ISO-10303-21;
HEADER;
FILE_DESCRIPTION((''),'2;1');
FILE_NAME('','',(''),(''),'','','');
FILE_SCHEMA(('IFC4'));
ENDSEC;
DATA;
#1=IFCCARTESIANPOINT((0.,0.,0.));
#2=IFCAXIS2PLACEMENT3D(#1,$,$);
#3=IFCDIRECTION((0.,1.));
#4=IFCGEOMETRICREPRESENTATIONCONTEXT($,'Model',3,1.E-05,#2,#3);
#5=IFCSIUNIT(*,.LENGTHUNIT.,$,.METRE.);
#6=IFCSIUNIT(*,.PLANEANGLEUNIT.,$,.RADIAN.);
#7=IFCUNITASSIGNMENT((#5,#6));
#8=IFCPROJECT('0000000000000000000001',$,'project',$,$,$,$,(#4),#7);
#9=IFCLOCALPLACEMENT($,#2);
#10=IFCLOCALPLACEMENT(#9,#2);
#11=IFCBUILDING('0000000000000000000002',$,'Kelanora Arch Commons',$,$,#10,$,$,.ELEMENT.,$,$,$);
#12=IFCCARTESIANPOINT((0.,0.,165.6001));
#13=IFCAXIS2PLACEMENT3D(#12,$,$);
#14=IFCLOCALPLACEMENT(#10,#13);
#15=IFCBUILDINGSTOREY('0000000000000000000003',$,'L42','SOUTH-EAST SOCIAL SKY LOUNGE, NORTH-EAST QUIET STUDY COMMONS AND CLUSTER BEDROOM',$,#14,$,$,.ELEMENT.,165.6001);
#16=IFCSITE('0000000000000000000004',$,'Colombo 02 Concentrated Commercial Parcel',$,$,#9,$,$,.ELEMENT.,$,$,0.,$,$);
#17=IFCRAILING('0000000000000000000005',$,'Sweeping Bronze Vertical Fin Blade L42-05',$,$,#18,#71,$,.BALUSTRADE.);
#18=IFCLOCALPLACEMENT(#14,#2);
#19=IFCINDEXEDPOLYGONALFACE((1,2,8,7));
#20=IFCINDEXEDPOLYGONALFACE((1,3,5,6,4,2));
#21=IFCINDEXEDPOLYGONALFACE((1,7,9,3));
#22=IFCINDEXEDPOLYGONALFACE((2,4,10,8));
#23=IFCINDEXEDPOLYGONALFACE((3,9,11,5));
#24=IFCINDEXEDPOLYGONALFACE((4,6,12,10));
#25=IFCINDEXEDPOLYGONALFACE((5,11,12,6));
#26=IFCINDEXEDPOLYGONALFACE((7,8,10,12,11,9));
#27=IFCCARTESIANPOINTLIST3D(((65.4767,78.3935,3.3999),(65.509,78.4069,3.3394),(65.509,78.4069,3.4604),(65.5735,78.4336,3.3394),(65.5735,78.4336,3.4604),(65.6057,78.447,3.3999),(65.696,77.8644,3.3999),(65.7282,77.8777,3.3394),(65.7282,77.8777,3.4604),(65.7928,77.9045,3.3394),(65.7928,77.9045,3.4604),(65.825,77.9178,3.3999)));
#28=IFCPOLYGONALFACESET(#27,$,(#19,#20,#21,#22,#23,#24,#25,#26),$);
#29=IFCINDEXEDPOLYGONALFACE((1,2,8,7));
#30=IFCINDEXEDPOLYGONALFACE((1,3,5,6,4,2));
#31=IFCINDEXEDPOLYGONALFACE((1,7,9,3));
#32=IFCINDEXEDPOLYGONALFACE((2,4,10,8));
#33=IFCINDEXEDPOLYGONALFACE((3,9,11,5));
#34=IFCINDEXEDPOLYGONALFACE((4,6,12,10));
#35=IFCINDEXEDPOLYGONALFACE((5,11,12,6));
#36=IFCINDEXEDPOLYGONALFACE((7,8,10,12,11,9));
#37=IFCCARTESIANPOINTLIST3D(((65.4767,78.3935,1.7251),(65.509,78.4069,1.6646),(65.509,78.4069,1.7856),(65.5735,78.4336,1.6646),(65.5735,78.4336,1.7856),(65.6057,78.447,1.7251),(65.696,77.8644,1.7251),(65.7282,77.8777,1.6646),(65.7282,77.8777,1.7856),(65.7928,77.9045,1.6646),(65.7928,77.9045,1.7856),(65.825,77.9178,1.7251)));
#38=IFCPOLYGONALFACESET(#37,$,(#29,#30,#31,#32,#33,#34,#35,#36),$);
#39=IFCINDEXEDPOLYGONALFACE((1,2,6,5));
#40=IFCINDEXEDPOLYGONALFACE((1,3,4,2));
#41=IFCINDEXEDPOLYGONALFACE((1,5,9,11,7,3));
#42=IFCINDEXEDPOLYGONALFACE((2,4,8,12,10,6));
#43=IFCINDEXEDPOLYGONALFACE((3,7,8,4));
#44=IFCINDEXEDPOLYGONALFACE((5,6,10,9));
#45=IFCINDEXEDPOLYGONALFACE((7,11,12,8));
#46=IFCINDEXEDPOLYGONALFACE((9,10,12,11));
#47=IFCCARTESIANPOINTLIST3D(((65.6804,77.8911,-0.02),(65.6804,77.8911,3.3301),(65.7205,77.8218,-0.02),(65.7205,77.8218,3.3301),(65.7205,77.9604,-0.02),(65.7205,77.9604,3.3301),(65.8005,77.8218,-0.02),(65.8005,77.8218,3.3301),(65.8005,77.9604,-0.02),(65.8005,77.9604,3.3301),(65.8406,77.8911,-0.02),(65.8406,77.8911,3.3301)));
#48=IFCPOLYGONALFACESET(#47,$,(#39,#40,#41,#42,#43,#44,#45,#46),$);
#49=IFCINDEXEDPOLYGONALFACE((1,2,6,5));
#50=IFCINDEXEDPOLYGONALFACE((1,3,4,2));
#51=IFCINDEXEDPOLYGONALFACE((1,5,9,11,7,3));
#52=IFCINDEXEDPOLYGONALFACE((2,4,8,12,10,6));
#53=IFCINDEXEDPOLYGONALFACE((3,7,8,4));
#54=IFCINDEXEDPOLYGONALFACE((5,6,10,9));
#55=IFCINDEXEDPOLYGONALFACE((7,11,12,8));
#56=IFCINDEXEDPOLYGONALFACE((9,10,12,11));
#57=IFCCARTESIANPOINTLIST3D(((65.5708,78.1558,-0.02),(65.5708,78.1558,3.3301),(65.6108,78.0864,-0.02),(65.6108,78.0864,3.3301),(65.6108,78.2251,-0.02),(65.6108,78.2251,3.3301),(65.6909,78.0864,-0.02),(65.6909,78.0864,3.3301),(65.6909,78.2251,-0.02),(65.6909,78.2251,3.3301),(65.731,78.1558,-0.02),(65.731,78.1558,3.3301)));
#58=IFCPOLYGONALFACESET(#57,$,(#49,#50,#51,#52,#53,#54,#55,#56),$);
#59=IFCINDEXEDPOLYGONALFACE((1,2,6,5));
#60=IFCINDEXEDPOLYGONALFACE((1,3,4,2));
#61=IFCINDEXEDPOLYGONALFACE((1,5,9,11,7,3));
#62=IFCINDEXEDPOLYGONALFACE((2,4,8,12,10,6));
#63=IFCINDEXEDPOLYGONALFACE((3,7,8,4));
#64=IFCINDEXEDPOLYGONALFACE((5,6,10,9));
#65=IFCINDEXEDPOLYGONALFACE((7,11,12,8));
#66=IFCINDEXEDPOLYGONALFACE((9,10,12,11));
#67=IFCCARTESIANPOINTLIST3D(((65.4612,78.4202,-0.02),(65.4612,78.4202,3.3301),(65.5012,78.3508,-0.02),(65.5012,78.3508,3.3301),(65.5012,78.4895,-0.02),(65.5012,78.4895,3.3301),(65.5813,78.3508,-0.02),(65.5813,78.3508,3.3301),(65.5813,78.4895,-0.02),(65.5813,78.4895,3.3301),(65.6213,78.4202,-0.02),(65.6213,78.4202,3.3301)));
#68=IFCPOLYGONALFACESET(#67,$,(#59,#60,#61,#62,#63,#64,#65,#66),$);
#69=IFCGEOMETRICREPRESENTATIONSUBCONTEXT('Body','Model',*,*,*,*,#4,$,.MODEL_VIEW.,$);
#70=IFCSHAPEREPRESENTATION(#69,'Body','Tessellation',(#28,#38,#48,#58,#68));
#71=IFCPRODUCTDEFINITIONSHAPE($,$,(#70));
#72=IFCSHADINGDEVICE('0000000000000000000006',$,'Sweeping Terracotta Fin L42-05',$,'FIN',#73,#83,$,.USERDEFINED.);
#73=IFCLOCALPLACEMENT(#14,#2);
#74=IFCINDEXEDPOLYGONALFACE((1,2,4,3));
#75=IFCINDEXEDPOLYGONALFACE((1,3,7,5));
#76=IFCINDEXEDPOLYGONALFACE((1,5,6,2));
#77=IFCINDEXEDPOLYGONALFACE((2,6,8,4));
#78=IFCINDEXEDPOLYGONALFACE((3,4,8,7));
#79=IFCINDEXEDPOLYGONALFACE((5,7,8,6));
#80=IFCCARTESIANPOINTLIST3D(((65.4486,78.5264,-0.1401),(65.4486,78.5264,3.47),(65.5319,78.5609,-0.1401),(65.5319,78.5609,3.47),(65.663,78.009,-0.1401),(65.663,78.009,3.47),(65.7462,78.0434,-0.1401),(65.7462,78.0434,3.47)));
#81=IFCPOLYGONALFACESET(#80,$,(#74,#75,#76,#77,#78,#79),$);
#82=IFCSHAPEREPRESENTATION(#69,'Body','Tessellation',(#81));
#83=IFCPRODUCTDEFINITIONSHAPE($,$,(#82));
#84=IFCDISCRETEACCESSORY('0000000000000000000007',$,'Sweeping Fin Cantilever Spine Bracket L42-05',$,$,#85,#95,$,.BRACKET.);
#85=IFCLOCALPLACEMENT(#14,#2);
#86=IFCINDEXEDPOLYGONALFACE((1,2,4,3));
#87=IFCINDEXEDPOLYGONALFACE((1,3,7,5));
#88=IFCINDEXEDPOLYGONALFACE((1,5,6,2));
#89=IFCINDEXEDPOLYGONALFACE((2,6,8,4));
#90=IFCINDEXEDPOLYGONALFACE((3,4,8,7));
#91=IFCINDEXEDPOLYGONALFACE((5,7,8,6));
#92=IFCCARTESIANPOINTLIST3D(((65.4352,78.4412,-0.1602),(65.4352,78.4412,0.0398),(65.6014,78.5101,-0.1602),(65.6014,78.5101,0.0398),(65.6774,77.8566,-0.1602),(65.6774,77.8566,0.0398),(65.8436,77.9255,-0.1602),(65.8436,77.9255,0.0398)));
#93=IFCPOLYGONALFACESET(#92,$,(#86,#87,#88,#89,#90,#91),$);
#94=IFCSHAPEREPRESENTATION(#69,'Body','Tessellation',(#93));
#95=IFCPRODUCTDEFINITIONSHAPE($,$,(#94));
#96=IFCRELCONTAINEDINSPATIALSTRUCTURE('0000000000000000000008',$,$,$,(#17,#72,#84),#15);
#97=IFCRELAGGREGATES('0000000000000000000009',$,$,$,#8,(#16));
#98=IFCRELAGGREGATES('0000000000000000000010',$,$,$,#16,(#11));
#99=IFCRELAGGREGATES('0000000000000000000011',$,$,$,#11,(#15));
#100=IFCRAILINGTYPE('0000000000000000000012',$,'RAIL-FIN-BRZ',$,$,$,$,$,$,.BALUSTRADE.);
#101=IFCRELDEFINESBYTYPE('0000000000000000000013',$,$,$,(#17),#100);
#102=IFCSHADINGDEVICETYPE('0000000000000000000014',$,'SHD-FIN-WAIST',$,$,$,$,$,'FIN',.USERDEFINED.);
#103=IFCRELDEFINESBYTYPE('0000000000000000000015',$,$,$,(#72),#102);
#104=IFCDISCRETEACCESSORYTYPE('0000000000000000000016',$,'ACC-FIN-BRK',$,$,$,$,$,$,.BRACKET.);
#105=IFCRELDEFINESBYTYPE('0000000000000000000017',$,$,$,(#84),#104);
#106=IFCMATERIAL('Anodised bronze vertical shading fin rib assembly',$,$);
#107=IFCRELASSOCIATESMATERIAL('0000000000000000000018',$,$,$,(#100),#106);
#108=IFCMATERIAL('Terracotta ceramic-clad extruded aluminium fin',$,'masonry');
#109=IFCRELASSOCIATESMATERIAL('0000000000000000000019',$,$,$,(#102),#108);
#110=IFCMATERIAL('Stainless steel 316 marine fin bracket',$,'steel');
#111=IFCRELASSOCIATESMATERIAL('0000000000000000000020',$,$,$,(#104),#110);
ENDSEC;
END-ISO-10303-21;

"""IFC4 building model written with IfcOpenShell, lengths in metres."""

from ifc_helpers import new_model, si_unit, direction, frame, origin, origin_2d, place, context, subcontext, project, spatial, polyline, rectangle, outline, extrude, source, transform, mapped, material, type_object, element, save


model = new_model("IFC4")

# Units and contexts
model_context = context("Model", 3, precision=1e-05, world=origin(), true_north=direction((0.0, 1.0)))
body_context = subcontext(model_context, "Body", "Model", "MODEL_VIEW")
ifc_project = project(units=[si_unit("LENGTHUNIT", "METRE"), si_unit("PLANEANGLEUNIT", "RADIAN")], contexts=[model_context])

# Site, building, storey
site_placement = place(None, origin())
site = spatial("IfcSite", under=ifc_project, at=site_placement, Name="Colombo 02 Concentrated Commercial Parcel", CompositionType="ELEMENT", RefElevation=0.0)
building_placement = place(site_placement, origin())
building = spatial("IfcBuilding", under=site, at=building_placement, Name="Kelanora Arch Commons", CompositionType="ELEMENT")
storey_placement = place(building_placement, frame((0.0, 0.0, 165.6001)))
storey = spatial("IfcBuildingStorey", under=building, at=storey_placement, Name="L42", Description="SOUTH-EAST SOCIAL SKY LOUNGE, NORTH-EAST QUIET STUDY COMMONS AND CLUSTER BEDROOM", CompositionType="ELEMENT", Elevation=165.6001)

# Railing
ifc_material_1 = material(Name="Anodised bronze vertical shading fin rib assembly")
railing_type = type_object("IfcRailingType", Name="RAIL-FIN-BRZ", PredefinedType="BALUSTRADE", material=ifc_material_1)
railing_placement = place(storey_placement, frame((65.7605, 77.8911, -0.02)))
element("IfcRailing", 1, at=railing_placement, inside=storey, type_object=railing_type, Name="Sweeping Bronze Vertical Fin Blade L42-05", PredefinedType="BALUSTRADE", context=body_context, shape_type="SweptSolid", body=[
    extrude(outline(polyline([(0.0698, 0.0), (0.0349, 0.0605), (-0.0349, 0.0605), (-0.0698, 0.0), (-0.0349, -0.0605), (0.0349, -0.0605), (0.0698, 0.0)])), frame((0.0, 0.0, 3.4199), z_axis=(-0.382829, 0.923819, 0.0), x_axis=(-0.923819, -0.382829, 0.0)), (0.0, 0.0, 1.0), 0.5728),
    extrude(outline(polyline([(0.0698, 0.0), (0.0349, 0.0605), (-0.0349, 0.0605), (-0.0698, 0.0), (-0.0349, -0.0605), (0.0349, -0.0605), (0.0698, 0.0)])), frame((0.0, 0.0, 1.7451), z_axis=(-0.382829, 0.923819, 0.0), x_axis=(-0.923819, -0.382829, 0.0)), (0.0, 0.0, 1.0), 0.5728),
    extrude(outline(polyline([(0.0801, 0.0), (0.04, 0.0693), (-0.04, 0.0693), (-0.0801, 0.0), (-0.04, -0.0693), (0.04, -0.0693), (0.0801, 0.0)])), origin(), (0.0, 0.0, 1.0), 3.3501),
    extrude(outline(polyline([(0.0801, 0.0), (0.04, 0.0693), (-0.04, 0.0693), (-0.0801, 0.0), (-0.04, -0.0693), (0.04, -0.0693), (0.0801, 0.0)])), frame((-0.1096, 0.2646, 0.0)), (0.0, 0.0, 1.0), 3.3501),
    extrude(outline(polyline([(0.0801, 0.0), (0.04, 0.0693), (-0.04, 0.0693), (-0.0801, 0.0), (-0.04, -0.0693), (0.04, -0.0693), (0.0801, 0.0)])), frame((-0.2192, 0.5291, 0.0)), (0.0, 0.0, 1.0), 3.3501),
])

# Shading device
ifc_material_2 = material(Name="Terracotta ceramic-clad extruded aluminium fin", Category="masonry")
shading_device_type = type_object("IfcShadingDeviceType", Name="SHD-FIN-WAIST", ElementType="FIN", PredefinedType="USERDEFINED", material=ifc_material_2)
shared_shape_1 = source(origin(), body_context, "Body", "SweptSolid", [
    extrude(rectangle(XDim=0.5601, YDim=0.0901, at=origin_2d()), origin(), (0.0, 0.0, 1.0), 3.6101),
])
shading_device_placement = place(storey_placement, frame((65.5974, 78.2849, -0.1401), z_axis=(0.0, 0.0, 1.0), x_axis=(-0.382683, 0.92388, 0.0)))
element("IfcShadingDevice", 2, at=shading_device_placement, inside=storey, type_object=shading_device_type, Name="Sweeping Terracotta Fin L42-05", ObjectType="FIN", PredefinedType="USERDEFINED", context=body_context, shape_type="MappedRepresentation", body=[
    mapped(shared_shape_1, transform((0.0, 0.0, 0.0), scale=1.0)),
])

# Discrete accessory
ifc_material_3 = material(Name="Stainless steel 316 marine fin bracket", Category="steel")
discrete_accessory_type = type_object("IfcDiscreteAccessoryType", Name="ACC-FIN-BRK", PredefinedType="BRACKET", material=ifc_material_3)
shared_shape_2 = source(origin(), body_context, "Body", "SweptSolid", [
    extrude(rectangle(XDim=0.6328, YDim=0.1799, at=origin_2d()), origin(), (0.0, 0.0, 1.0), 0.2),
])
discrete_accessory_placement = place(storey_placement, frame((65.6394, 78.1833, -0.1602), z_axis=(0.0, 0.0, 1.0), x_axis=(-0.382683, 0.92388, 0.0)))
element("IfcDiscreteAccessory", 3, at=discrete_accessory_placement, inside=storey, type_object=discrete_accessory_type, Name="Sweeping Fin Cantilever Spine Bracket L42-05", PredefinedType="BRACKET", context=body_context, shape_type="MappedRepresentation", body=[
    mapped(shared_shape_2, transform((0.0, 0.0, 0.0), scale=1.0)),
])

save(model, "model.ifc")
